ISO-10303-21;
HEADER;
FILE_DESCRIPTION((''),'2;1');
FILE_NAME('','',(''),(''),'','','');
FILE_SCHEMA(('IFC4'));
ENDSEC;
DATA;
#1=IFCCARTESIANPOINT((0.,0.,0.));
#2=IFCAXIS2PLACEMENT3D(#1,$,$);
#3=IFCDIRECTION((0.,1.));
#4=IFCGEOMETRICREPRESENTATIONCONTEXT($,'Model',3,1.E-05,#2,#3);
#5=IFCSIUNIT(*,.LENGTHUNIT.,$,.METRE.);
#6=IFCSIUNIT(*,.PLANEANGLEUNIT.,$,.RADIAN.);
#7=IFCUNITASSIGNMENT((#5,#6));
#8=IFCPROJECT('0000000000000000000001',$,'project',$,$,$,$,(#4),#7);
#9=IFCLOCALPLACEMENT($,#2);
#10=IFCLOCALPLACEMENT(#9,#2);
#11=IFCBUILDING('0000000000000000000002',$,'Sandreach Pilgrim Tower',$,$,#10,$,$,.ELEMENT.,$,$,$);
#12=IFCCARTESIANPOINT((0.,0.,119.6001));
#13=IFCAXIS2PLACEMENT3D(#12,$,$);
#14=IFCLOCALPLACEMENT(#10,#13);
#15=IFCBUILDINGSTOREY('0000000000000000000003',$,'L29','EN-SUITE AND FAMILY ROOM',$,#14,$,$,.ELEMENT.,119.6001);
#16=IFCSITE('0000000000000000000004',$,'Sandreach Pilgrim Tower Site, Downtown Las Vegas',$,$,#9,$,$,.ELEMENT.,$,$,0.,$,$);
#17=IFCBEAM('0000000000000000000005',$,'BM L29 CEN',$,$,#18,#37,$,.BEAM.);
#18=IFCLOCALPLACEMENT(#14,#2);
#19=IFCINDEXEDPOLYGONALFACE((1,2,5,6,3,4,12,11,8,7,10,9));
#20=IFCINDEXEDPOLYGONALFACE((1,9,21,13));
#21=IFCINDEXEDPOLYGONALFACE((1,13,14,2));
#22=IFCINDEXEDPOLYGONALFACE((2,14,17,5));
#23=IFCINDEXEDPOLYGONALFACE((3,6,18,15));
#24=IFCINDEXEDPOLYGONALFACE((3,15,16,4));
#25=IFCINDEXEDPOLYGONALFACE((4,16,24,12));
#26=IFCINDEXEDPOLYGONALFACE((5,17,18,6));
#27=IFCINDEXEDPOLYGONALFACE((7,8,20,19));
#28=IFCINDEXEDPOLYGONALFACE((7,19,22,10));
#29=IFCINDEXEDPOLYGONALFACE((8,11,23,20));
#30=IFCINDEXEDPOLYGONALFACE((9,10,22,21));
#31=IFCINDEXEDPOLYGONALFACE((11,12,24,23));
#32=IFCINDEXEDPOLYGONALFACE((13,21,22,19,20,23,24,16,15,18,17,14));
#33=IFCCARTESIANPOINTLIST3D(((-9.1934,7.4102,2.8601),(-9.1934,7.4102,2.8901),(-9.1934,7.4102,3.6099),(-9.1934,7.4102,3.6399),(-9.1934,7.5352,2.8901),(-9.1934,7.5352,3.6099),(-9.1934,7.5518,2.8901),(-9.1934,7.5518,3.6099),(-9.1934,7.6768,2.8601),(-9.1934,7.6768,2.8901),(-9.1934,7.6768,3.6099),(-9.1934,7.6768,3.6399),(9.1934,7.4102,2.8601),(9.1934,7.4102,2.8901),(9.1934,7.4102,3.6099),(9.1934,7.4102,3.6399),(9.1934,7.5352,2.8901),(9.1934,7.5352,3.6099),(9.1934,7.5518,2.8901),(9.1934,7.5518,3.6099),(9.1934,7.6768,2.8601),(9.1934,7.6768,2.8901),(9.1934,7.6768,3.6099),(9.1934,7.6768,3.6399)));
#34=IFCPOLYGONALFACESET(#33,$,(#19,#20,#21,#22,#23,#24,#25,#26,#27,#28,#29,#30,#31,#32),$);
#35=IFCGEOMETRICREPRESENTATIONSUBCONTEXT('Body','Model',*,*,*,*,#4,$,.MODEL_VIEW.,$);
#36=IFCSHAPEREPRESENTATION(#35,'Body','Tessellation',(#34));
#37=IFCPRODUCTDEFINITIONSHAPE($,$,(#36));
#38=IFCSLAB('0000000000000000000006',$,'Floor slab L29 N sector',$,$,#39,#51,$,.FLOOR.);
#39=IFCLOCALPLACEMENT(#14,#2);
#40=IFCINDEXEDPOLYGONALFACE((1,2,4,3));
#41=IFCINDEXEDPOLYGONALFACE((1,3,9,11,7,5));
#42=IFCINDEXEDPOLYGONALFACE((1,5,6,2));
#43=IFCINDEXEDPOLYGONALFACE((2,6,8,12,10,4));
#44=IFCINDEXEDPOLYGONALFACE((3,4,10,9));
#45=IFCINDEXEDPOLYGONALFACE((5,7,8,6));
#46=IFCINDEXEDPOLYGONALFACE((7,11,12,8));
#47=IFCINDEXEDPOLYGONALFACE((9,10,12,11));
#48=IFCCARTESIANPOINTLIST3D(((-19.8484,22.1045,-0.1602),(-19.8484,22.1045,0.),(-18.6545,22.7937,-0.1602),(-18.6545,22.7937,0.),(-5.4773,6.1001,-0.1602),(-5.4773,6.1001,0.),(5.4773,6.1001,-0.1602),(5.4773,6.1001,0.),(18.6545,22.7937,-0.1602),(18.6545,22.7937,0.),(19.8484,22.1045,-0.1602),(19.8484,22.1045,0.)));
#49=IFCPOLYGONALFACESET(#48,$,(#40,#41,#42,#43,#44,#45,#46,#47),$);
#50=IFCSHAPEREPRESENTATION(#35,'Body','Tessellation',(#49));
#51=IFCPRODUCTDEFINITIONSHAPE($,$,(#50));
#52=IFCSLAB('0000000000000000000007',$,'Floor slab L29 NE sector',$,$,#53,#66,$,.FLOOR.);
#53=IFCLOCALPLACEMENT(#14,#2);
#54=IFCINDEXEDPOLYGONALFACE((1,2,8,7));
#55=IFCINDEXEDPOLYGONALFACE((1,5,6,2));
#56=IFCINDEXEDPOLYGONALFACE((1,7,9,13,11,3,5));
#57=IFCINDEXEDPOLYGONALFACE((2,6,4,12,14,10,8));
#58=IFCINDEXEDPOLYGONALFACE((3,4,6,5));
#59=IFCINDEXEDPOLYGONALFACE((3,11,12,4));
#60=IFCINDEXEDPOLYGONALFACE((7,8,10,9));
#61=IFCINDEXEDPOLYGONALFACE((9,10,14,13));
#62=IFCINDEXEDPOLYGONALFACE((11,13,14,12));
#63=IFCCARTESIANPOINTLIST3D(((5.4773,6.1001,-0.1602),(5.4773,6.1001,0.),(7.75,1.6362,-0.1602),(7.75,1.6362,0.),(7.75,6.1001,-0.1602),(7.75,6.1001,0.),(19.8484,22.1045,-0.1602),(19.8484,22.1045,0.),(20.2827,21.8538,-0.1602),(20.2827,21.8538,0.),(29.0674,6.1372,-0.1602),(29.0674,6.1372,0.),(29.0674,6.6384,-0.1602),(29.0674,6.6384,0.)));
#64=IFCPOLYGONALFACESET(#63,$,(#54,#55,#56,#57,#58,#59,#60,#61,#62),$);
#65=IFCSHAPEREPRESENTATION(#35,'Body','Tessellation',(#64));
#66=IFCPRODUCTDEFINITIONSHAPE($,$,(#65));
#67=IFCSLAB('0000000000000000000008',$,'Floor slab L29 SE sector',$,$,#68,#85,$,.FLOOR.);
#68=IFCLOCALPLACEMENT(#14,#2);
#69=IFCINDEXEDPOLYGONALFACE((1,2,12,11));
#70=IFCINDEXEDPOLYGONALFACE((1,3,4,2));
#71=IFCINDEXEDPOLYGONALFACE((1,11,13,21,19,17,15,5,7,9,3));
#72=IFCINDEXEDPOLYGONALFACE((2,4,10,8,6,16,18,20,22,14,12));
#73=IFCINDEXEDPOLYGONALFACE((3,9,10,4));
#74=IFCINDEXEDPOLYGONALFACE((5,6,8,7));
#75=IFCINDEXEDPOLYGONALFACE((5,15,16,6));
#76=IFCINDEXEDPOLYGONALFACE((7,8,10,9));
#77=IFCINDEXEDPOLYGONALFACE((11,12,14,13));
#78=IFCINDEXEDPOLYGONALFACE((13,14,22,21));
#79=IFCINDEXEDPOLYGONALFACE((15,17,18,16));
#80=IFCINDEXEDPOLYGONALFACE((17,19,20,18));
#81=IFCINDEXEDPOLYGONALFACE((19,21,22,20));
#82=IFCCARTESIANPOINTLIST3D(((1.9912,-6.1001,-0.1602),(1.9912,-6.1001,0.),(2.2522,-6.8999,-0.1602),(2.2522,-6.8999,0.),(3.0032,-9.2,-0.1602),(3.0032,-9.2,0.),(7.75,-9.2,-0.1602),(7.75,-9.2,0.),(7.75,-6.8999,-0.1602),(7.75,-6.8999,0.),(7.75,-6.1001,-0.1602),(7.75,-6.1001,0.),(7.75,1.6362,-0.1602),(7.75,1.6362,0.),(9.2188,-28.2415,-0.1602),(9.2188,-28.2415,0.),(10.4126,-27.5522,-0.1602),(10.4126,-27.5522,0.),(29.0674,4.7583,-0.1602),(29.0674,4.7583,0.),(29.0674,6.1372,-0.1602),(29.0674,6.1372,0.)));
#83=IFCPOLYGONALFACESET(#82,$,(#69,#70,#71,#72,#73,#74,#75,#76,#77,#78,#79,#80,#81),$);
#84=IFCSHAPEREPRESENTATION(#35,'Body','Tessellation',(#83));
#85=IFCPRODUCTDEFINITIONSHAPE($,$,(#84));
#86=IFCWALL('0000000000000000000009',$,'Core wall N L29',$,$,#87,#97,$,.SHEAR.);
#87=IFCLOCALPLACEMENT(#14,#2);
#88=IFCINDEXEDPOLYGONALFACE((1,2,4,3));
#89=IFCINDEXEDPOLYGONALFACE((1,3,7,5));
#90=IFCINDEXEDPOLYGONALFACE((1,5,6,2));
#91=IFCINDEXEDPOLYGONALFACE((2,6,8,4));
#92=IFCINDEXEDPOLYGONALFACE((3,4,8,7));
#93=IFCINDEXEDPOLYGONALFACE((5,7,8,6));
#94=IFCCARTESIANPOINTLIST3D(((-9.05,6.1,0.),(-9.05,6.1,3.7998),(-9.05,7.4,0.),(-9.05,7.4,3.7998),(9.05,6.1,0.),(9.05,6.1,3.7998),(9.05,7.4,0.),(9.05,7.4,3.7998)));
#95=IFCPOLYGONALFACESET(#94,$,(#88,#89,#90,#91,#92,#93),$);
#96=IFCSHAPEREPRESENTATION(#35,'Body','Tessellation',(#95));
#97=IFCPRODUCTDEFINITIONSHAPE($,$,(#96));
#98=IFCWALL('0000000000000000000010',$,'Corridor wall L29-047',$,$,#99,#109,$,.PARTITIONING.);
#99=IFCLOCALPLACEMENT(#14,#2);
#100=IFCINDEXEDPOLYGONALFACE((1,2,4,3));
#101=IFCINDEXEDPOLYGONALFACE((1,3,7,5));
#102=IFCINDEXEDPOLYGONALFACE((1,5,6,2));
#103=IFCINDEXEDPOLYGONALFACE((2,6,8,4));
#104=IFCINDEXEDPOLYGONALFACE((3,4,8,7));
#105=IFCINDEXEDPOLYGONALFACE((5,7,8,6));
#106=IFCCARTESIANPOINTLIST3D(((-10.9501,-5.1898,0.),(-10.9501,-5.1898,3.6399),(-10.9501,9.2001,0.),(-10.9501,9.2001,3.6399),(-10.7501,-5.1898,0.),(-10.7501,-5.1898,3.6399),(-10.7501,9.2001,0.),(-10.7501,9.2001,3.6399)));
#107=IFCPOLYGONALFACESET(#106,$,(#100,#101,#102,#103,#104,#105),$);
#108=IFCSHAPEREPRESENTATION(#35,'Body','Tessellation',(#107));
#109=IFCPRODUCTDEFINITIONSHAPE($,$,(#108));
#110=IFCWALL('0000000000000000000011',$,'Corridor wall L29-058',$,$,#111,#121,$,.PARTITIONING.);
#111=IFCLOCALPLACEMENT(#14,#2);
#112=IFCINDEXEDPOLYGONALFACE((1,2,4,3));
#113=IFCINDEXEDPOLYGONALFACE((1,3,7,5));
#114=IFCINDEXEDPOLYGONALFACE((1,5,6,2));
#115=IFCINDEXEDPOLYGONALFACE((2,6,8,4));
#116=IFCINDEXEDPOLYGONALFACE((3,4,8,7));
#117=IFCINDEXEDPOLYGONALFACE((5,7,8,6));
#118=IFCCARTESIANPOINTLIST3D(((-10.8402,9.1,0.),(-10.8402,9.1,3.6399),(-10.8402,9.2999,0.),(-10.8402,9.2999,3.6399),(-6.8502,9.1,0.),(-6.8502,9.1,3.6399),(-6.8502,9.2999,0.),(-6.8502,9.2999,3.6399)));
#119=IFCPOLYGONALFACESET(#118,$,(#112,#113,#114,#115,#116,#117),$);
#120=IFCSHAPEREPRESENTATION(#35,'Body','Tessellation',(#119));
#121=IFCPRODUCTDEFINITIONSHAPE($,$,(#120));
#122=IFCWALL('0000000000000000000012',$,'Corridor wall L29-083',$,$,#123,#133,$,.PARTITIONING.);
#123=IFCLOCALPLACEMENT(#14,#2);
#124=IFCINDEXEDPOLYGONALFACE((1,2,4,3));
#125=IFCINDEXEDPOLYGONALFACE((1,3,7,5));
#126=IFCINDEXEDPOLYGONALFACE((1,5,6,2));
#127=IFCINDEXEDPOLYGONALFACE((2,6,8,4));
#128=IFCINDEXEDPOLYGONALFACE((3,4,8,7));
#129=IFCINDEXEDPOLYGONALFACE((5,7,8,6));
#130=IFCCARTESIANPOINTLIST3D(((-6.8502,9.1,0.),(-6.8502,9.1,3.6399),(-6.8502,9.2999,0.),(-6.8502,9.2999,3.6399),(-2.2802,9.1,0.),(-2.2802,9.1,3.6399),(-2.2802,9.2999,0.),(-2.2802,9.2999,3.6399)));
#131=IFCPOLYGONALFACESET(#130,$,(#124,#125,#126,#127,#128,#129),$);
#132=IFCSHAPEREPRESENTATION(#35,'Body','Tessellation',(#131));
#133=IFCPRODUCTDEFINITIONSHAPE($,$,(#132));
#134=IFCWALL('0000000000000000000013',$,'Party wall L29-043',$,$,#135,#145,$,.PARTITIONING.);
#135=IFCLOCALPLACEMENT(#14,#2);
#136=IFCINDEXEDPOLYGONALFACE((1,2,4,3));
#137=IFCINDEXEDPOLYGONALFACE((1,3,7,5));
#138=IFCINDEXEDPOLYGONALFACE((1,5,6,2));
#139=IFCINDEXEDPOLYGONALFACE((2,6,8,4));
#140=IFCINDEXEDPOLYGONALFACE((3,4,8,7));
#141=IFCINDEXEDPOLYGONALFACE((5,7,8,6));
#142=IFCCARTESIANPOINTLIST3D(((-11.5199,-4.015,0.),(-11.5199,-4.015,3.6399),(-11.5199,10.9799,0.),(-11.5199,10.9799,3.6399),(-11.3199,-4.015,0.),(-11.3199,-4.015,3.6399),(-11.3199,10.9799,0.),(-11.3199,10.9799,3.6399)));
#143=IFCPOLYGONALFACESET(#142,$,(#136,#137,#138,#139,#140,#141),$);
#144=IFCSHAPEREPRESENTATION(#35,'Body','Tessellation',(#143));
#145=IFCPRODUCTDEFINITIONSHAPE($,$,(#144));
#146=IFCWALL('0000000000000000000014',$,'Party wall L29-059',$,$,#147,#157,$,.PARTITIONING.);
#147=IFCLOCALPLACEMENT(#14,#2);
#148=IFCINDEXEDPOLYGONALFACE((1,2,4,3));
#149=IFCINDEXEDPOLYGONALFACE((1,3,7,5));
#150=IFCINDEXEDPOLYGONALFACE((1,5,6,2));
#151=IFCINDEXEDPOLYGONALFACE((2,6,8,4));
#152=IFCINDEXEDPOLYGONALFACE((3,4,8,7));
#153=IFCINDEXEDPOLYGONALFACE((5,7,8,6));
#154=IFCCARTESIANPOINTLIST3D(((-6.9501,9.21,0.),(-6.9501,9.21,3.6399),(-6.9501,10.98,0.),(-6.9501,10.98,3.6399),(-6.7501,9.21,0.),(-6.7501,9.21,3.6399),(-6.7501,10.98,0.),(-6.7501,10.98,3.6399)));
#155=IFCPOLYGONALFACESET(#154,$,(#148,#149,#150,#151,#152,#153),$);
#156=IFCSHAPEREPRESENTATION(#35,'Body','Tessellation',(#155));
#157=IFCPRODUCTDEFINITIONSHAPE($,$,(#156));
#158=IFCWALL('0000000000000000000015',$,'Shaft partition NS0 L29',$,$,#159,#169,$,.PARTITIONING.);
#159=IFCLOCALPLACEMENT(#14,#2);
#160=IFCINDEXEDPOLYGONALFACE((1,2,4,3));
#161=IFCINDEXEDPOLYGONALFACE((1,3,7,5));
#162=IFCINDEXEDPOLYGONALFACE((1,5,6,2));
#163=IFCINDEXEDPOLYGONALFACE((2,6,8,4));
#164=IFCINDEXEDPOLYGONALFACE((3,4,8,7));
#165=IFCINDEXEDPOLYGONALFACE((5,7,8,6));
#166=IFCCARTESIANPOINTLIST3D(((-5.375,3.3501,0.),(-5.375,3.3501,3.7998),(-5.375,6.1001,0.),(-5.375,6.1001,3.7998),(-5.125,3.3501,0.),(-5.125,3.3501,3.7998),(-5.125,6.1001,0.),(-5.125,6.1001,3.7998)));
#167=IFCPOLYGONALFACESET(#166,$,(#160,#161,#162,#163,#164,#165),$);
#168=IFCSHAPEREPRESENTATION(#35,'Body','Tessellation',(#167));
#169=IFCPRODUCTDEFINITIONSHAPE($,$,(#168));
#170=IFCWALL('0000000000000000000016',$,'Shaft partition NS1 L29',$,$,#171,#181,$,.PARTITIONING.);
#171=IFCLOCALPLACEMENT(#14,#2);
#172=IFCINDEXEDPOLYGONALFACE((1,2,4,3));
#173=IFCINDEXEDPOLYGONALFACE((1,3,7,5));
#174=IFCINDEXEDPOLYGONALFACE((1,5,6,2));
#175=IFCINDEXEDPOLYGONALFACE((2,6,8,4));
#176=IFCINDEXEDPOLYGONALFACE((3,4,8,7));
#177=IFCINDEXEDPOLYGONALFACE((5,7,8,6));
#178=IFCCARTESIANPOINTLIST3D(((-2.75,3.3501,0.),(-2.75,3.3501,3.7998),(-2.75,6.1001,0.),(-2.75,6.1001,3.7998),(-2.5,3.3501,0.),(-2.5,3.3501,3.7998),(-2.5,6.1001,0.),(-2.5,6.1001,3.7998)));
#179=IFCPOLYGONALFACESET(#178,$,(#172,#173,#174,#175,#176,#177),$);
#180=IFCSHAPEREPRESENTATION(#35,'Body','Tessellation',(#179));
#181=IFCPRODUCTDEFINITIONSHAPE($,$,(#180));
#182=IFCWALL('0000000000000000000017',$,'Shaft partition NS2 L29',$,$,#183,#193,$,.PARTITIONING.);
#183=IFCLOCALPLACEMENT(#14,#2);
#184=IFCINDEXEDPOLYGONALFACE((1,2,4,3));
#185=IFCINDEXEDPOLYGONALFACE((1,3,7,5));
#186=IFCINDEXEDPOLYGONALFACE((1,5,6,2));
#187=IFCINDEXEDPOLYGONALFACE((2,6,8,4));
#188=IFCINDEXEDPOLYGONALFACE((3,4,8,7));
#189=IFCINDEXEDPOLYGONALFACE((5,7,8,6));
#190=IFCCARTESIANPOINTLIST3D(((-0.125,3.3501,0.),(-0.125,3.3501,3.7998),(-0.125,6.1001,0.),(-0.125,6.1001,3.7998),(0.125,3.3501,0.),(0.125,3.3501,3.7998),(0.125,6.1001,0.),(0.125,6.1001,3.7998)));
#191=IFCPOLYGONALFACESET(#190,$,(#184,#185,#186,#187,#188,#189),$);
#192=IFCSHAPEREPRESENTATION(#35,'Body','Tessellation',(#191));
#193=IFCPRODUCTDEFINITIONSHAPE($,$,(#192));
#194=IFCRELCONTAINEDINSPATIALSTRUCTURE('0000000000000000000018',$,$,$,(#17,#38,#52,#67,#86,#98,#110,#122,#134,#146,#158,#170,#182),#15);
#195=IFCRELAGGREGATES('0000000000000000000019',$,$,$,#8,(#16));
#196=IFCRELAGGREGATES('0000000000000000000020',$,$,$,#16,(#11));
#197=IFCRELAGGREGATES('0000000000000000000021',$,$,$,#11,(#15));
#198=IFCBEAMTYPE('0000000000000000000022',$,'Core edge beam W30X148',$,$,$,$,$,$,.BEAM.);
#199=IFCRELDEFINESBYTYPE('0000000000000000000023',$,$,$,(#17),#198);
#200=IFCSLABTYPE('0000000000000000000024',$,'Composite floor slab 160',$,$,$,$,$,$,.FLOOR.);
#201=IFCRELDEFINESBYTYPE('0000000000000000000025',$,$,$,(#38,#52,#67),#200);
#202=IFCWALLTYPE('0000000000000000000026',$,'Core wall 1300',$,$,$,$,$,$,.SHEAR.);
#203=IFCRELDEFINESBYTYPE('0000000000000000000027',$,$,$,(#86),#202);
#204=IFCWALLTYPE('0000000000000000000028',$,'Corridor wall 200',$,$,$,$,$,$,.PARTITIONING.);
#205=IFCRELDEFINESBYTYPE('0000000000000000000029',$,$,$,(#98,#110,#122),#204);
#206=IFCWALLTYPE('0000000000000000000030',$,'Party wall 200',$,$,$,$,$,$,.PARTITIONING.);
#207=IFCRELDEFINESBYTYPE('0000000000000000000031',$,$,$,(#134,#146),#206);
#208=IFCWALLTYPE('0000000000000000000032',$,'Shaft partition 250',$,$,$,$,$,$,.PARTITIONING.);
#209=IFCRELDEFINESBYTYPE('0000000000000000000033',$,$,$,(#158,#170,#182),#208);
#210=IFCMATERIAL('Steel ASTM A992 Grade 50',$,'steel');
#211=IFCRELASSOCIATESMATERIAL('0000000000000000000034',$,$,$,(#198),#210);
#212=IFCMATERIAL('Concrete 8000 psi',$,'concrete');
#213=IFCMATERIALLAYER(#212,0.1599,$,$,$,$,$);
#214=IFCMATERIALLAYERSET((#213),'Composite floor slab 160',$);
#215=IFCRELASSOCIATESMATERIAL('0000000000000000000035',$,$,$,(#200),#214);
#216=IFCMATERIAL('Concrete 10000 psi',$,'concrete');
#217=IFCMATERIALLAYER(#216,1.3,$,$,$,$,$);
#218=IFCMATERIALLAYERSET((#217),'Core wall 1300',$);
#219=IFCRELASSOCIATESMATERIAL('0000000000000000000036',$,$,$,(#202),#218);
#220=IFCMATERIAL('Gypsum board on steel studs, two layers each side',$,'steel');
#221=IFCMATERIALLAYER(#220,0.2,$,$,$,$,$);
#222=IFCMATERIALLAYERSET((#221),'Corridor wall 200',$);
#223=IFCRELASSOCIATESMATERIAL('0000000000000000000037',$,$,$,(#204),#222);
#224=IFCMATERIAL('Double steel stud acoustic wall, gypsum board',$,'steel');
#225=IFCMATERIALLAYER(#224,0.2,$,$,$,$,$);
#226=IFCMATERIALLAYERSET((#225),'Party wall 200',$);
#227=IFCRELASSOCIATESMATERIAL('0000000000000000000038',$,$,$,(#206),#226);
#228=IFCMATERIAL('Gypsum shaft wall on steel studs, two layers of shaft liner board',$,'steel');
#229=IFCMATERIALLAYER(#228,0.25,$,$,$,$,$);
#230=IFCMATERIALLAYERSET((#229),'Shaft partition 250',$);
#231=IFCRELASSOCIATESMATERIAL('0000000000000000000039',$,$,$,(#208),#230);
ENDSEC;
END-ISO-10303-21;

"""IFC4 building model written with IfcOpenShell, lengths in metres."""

from ifc_helpers import new_model, si_unit, direction, frame, frame_2d, origin, origin_2d, place, context, subcontext, project, spatial, polyline, rectangle, i_section, outline, extrude, material, layer, layer_set, material_profile, profile_set, type_object, element, save


model = new_model("IFC4")

# Units and contexts
model_context = context("Model", 3, precision=1e-05, world=origin(), true_north=direction((0.0, 1.0)))
body_context = subcontext(model_context, "Body", "Model", "MODEL_VIEW")
ifc_project = project(units=[si_unit("LENGTHUNIT", "METRE"), si_unit("PLANEANGLEUNIT", "RADIAN")], contexts=[model_context])

# Site, building, storey
site_placement = place(None, origin())
site = spatial("IfcSite", under=ifc_project, at=site_placement, Name="Sandreach Pilgrim Tower Site, Downtown Las Vegas", CompositionType="ELEMENT", RefElevation=0.0)
building_placement = place(site_placement, origin())
building = spatial("IfcBuilding", under=site, at=building_placement, Name="Sandreach Pilgrim Tower", CompositionType="ELEMENT")
storey_placement = place(building_placement, frame((0.0, 0.0, 119.6001)))
storey = spatial("IfcBuildingStorey", under=building, at=storey_placement, Name="L29", Description="EN-SUITE AND FAMILY ROOM", CompositionType="ELEMENT", Elevation=119.6001)

# Beam
ifc_material_1 = material(Name="Steel ASTM A992 Grade 50", Category="steel")
ifc_material_profile = material_profile(ifc_material_1, i_section(OverallWidth=0.2666, OverallDepth=0.7798, WebThickness=0.0166, FlangeThickness=0.03, at=origin_2d()), Name="W30X148")
ifc_profile_set = profile_set([ifc_material_profile], Name="Steel ASTM A992 Grade 50")
beam_type = type_object("IfcBeamType", Name="Core edge beam W30X148", PredefinedType="BEAM", material=ifc_profile_set)
beam_placement = place(storey_placement, frame((-9.1934, 7.5435, 3.25), z_axis=(1.0, 0.0, 0.0), x_axis=(0.0, 1.0, 0.0)))
element("IfcBeam", 1, at=beam_placement, inside=storey, type_object=beam_type, Name="BM L29 CEN", PredefinedType="BEAM", context=body_context, shape_type="SweptSolid", body=[
    extrude(i_section(OverallWidth=0.2666, OverallDepth=0.7798, WebThickness=0.0166, FlangeThickness=0.03, at=origin_2d()), origin(), (0.0, 0.0, 1.0), 18.3867),
])

# Slabs
ifc_material_2 = material(Name="Concrete 8000 psi", Category="concrete")
ifc_layer_1 = layer(ifc_material_2, 0.1599)
ifc_layer_set_1 = layer_set([ifc_layer_1], Name="Composite floor slab 160")
slab_type = type_object("IfcSlabType", Name="Composite floor slab 160", PredefinedType="FLOOR", material=ifc_layer_set_1)
slab_1_placement = place(storey_placement, frame((0.0, 0.0, -0.1602)))
element("IfcSlab", 2, at=slab_1_placement, inside=storey, type_object=slab_type, Name="Floor slab L29 N sector", PredefinedType="FLOOR", context=body_context, shape_type="SweptSolid", body=[
    extrude(outline(polyline([(-18.6545, 22.7937), (18.6545, 22.7937), (19.8484, 22.1045), (5.4773, 6.1001), (-5.4773, 6.1001), (-19.8484, 22.1045), (-18.6545, 22.7937)])), origin(), (0.0, 0.0, 1.0), 0.1602),
])
slab_2_placement = place(storey_placement, frame((0.0, 0.0, -0.1602)))
element("IfcSlab", 3, at=slab_2_placement, inside=storey, type_object=slab_type, Name="Floor slab L29 NE sector", PredefinedType="FLOOR", context=body_context, shape_type="SweptSolid", body=[
    extrude(outline(polyline([(20.2827, 21.8538), (29.0674, 6.6384), (29.0674, 6.1372), (7.75, 1.6362), (7.75, 6.1001), (5.4773, 6.1001), (19.8484, 22.1045), (20.2827, 21.8538)])), origin(), (0.0, 0.0, 1.0), 0.1602),
])
slab_3_placement = place(storey_placement, frame((0.0, 0.0, -0.1602)))
element("IfcSlab", 4, at=slab_3_placement, inside=storey, type_object=slab_type, Name="Floor slab L29 SE sector", PredefinedType="FLOOR", context=body_context, shape_type="SweptSolid", body=[
    extrude(outline(polyline([(29.0674, 4.7583), (10.4126, -27.5522), (9.2188, -28.2415), (3.0032, -9.2), (7.75, -9.2), (7.75, -6.8999), (2.2522, -6.8999), (1.9912, -6.1001), (7.75, -6.1001), (7.75, 1.6362), (29.0674, 6.1372), (29.0674, 4.7583)])), origin(), (0.0, 0.0, 1.0), 0.1602),
])

# Walls
ifc_material_3 = material(Name="Concrete 10000 psi", Category="concrete")
ifc_layer_2 = layer(ifc_material_3, 1.3)
ifc_layer_set_2 = layer_set([ifc_layer_2], Name="Core wall 1300")
wall_type_1 = type_object("IfcWallType", Name="Core wall 1300", PredefinedType="SHEAR", material=ifc_layer_set_2)
wall_1_placement = place(storey_placement, frame((-9.05, 6.75, 0.0), z_axis=(0.0, 0.0, 1.0), x_axis=(1.0, 0.0, 0.0)))
element("IfcWall", 5, at=wall_1_placement, inside=storey, type_object=wall_type_1, Name="Core wall N L29", PredefinedType="SHEAR", context=body_context, shape_type="SweptSolid", body=[
    extrude(rectangle(XDim=18.1001, YDim=1.3, at=frame_2d((9.05, 0.0))), origin(), (0.0, 0.0, 1.0), 3.7998),
])
ifc_material_4 = material(Name="Gypsum board on steel studs, two layers each side", Category="steel")
ifc_layer_3 = layer(ifc_material_4, 0.2)
ifc_layer_set_3 = layer_set([ifc_layer_3], Name="Corridor wall 200")
wall_type_2 = type_object("IfcWallType", Name="Corridor wall 200", PredefinedType="PARTITIONING", material=ifc_layer_set_3)
wall_2_placement = place(storey_placement, frame((-10.8501, 9.2, 0.0), z_axis=(0.0, 0.0, 1.0), x_axis=(0.0, -1.0, 0.0)))
element("IfcWall", 6, at=wall_2_placement, inside=storey, type_object=wall_type_2, Name="Corridor wall L29-047", PredefinedType="PARTITIONING", context=body_context, shape_type="SweptSolid", body=[
    extrude(rectangle(XDim=14.3899, YDim=0.2, at=frame_2d((7.1948, 0.0))), origin(), (0.0, 0.0, 1.0), 3.6399),
])
wall_3_placement = place(storey_placement, frame((-6.8501, 9.2, 0.0), z_axis=(0.0, 0.0, 1.0), x_axis=(-1.0, 0.0, 0.0)))
element("IfcWall", 7, at=wall_3_placement, inside=storey, type_object=wall_type_2, Name="Corridor wall L29-058", PredefinedType="PARTITIONING", context=body_context, shape_type="SweptSolid", body=[
    extrude(rectangle(XDim=3.99, YDim=0.2, at=frame_2d((1.9951, 0.0))), origin(), (0.0, 0.0, 1.0), 3.6399),
])
wall_4_placement = place(storey_placement, frame((-2.28, 9.2, 0.0), z_axis=(0.0, 0.0, 1.0), x_axis=(-1.0, 0.0, 0.0)))
element("IfcWall", 8, at=wall_4_placement, inside=storey, type_object=wall_type_2, Name="Corridor wall L29-083", PredefinedType="PARTITIONING", context=body_context, shape_type="SweptSolid", body=[
    extrude(rectangle(XDim=4.5701, YDim=0.2, at=frame_2d((2.2852, 0.0))), origin(), (0.0, 0.0, 1.0), 3.6399),
])
ifc_material_5 = material(Name="Double steel stud acoustic wall, gypsum board", Category="steel")
ifc_layer_4 = layer(ifc_material_5, 0.2)
ifc_layer_set_4 = layer_set([ifc_layer_4], Name="Party wall 200")
wall_type_3 = type_object("IfcWallType", Name="Party wall 200", PredefinedType="PARTITIONING", material=ifc_layer_set_4)
wall_5_placement = place(storey_placement, frame((-11.4199, 10.98, 0.0), z_axis=(0.0, 0.0, 1.0), x_axis=(0.0, -1.0, 0.0)))
element("IfcWall", 9, at=wall_5_placement, inside=storey, type_object=wall_type_3, Name="Party wall L29-043", PredefinedType="PARTITIONING", context=body_context, shape_type="SweptSolid", body=[
    extrude(rectangle(XDim=14.9949, YDim=0.2, at=frame_2d((7.4976, 0.0))), origin(), (0.0, 0.0, 1.0), 3.6399),
])
wall_6_placement = place(storey_placement, frame((-6.8501, 10.98, 0.0), z_axis=(0.0, 0.0, 1.0), x_axis=(0.0, -1.0, 0.0)))
element("IfcWall", 10, at=wall_6_placement, inside=storey, type_object=wall_type_3, Name="Party wall L29-059", PredefinedType="PARTITIONING", context=body_context, shape_type="SweptSolid", body=[
    extrude(rectangle(XDim=1.77, YDim=0.2, at=frame_2d((0.885, 0.0))), origin(), (0.0, 0.0, 1.0), 3.6399),
])
ifc_material_6 = material(Name="Gypsum shaft wall on steel studs, two layers of shaft liner board", Category="steel")
ifc_layer_5 = layer(ifc_material_6, 0.25)
ifc_layer_set_5 = layer_set([ifc_layer_5], Name="Shaft partition 250")
wall_type_4 = type_object("IfcWallType", Name="Shaft partition 250", PredefinedType="PARTITIONING", material=ifc_layer_set_5)
for number, where, z_axis, x_axis, name in (
    (11, (-5.25, 3.3501, 0.0), (0.0, 0.0, 1.0), (0.0, 1.0, 0.0), "Shaft partition NS0 L29"),
    (12, (-2.625, 3.3501, 0.0), (0.0, 0.0, 1.0), (0.0, 1.0, 0.0), "Shaft partition NS1 L29"),
    (13, (0.0, 3.3501, 0.0), (0.0, 0.0, 1.0), (0.0, 1.0, 0.0), "Shaft partition NS2 L29"),
):
    element("IfcWall", number, at=place(storey_placement, frame(where, z_axis=z_axis, x_axis=x_axis)), inside=storey, type_object=wall_type_4, Name=name, PredefinedType="PARTITIONING", context=body_context, shape_type="SweptSolid", body=[
        extrude(rectangle(XDim=2.75, YDim=0.25, at=frame_2d((1.375, 0.0))), origin(), (0.0, 0.0, 1.0), 3.7998),
    ])

save(model, "model.ifc")
